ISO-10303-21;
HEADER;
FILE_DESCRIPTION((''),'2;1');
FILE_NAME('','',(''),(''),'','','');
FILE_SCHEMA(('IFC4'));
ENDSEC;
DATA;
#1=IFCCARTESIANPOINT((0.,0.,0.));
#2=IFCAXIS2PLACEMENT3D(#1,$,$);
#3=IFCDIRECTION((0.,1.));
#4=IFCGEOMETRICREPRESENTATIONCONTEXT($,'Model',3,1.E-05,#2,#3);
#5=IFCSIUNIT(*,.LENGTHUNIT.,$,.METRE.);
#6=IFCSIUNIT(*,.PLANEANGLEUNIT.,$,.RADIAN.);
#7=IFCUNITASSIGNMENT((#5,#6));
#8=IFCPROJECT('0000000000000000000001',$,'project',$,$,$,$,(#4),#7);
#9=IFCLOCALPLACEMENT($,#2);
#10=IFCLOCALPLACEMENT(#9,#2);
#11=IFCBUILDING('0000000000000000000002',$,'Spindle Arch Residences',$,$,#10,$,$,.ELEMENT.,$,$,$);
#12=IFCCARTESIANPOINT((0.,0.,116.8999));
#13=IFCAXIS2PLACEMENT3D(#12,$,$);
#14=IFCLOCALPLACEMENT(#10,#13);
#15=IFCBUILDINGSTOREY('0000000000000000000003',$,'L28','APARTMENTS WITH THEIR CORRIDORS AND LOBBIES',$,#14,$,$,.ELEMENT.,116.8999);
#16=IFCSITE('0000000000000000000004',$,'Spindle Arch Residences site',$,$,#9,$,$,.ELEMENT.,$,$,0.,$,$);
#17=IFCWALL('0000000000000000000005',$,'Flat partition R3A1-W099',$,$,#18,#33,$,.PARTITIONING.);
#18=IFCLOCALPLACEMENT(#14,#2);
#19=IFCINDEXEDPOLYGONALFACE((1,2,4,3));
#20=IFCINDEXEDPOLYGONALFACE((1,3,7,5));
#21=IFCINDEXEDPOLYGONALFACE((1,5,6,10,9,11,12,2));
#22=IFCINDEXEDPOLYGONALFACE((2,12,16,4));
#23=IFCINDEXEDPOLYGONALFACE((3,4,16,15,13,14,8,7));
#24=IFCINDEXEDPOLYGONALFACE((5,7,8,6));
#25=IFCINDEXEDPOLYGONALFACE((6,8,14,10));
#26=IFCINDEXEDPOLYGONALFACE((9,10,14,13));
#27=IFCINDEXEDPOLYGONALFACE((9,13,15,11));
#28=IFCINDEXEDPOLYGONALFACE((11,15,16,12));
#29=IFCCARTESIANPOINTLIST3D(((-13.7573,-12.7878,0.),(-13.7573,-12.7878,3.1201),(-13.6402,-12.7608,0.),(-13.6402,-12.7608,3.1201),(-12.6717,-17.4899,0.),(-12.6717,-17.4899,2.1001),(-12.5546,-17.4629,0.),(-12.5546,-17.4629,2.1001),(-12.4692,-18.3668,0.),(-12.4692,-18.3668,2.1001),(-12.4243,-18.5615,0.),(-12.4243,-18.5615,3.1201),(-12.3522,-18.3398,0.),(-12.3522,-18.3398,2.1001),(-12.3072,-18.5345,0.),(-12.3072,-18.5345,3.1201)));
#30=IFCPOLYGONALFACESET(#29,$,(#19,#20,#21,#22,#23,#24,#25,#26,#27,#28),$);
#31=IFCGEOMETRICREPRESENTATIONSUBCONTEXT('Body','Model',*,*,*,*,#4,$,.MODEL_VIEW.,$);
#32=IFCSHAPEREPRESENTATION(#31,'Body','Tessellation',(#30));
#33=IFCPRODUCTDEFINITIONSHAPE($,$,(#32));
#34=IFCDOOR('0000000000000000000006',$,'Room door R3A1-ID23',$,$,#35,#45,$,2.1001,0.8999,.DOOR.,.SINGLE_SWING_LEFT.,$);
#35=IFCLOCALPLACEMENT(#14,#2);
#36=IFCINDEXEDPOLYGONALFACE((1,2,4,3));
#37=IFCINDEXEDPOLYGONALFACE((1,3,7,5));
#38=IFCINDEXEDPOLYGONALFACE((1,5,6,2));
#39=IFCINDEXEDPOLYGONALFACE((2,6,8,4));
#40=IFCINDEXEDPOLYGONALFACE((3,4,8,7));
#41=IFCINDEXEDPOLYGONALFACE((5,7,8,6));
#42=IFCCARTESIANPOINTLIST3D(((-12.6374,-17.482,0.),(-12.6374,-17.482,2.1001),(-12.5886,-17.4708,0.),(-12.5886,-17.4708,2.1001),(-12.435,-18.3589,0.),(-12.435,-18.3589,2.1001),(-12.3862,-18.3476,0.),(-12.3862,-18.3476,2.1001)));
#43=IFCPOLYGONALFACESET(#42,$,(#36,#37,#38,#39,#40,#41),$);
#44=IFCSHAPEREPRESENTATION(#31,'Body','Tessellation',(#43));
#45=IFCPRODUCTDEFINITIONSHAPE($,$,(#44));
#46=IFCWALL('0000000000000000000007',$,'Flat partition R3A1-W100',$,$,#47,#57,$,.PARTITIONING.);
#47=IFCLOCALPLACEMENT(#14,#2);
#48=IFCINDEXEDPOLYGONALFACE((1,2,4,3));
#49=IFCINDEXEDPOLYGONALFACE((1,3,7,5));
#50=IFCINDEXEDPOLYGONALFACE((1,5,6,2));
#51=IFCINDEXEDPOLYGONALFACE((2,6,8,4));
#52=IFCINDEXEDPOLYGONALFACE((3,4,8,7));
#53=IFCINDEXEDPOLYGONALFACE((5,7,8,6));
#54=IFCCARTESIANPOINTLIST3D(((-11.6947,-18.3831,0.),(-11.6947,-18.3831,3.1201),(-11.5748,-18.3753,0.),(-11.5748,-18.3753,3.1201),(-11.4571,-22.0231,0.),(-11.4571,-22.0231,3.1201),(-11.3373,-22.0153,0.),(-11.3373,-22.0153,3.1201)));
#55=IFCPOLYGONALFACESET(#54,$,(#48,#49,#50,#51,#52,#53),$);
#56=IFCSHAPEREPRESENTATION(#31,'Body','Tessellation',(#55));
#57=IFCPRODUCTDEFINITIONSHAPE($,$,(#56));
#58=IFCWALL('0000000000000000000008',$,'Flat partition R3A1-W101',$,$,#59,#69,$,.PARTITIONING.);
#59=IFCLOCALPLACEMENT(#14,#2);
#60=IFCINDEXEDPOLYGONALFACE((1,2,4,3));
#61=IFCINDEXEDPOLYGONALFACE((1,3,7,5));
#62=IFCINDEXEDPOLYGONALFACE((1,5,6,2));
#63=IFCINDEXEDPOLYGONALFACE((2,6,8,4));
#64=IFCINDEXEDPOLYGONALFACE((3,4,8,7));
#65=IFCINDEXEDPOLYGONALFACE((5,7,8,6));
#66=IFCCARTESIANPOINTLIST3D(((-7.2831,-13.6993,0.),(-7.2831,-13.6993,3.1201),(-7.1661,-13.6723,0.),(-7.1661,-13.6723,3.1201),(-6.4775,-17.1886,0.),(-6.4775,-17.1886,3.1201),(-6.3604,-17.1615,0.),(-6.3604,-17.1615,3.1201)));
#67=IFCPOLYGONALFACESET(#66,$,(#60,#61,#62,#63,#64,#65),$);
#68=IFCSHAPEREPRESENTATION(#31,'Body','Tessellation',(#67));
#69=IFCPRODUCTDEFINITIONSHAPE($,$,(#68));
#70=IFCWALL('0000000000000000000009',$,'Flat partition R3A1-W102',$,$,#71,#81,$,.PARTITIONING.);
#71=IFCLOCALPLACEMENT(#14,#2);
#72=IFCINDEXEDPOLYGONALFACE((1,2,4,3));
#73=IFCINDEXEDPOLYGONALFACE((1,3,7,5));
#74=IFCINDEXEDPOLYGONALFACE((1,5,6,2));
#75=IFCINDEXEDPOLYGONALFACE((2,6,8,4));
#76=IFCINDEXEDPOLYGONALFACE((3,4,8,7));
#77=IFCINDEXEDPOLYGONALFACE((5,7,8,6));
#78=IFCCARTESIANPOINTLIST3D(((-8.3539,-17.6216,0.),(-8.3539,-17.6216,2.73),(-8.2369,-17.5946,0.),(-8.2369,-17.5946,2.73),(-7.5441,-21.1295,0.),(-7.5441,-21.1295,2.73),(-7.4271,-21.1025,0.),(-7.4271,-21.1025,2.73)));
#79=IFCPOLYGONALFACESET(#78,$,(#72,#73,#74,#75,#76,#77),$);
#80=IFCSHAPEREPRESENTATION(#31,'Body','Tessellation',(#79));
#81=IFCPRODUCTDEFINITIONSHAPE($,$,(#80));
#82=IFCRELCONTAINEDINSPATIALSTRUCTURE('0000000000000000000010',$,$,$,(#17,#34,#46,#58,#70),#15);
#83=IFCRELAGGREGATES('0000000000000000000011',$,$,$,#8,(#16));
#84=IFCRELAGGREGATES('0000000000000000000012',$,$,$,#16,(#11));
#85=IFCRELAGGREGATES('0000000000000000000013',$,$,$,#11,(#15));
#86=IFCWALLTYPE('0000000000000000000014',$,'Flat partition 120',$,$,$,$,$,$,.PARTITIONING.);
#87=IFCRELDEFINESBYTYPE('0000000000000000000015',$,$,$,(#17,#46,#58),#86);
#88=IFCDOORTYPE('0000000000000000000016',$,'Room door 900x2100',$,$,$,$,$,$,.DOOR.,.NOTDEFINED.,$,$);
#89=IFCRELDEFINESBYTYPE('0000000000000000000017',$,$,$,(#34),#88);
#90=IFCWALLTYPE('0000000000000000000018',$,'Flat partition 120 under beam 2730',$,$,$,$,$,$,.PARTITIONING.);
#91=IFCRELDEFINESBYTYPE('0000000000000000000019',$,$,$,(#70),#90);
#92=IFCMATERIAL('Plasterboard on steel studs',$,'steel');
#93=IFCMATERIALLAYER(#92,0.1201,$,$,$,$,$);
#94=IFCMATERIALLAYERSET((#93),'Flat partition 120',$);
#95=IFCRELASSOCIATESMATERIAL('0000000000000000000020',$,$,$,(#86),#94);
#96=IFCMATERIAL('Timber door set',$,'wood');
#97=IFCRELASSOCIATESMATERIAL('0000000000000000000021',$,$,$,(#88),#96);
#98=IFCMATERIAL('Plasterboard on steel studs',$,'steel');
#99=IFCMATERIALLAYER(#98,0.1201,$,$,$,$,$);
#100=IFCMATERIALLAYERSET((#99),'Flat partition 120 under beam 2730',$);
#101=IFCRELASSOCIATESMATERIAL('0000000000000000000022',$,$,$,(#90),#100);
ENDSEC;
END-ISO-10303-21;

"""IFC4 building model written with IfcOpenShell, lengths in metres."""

from ifc_helpers import new_model, si_unit, direction, frame, frame_2d, origin, place, context, subcontext, project, spatial, rectangle, extrude, material, layer, layer_set, type_object, element, fill, save


model = new_model("IFC4")

# Units and contexts
model_context = context("Model", 3, precision=1e-05, world=origin(), true_north=direction((0.0, 1.0)))
body_context = subcontext(model_context, "Body", "Model", "MODEL_VIEW")
ifc_project = project(units=[si_unit("LENGTHUNIT", "METRE"), si_unit("PLANEANGLEUNIT", "RADIAN")], contexts=[model_context])

# Site, building, storey
site_placement = place(None, origin())
site = spatial("IfcSite", under=ifc_project, at=site_placement, Name="Spindle Arch Residences site", CompositionType="ELEMENT", RefElevation=0.0)
building_placement = place(site_placement, origin())
building = spatial("IfcBuilding", under=site, at=building_placement, Name="Spindle Arch Residences", CompositionType="ELEMENT")
storey_placement = place(building_placement, frame((0.0, 0.0, 116.8999)))
storey = spatial("IfcBuildingStorey", under=building, at=storey_placement, Name="L28", Description="APARTMENTS WITH THEIR CORRIDORS AND LOBBIES", CompositionType="ELEMENT", Elevation=116.8999)

# Shared definitions
ifc_material_1 = material(Name="Plasterboard on steel studs", Category="steel")
ifc_layer_1 = layer(ifc_material_1, 0.1201)
ifc_layer_set_1 = layer_set([ifc_layer_1], Name="Flat partition 120")
wall_type_1 = type_object("IfcWallType", Name="Flat partition 120", PredefinedType="PARTITIONING", material=ifc_layer_set_1)

# Shared definitions
ifc_material_2 = material(Name="Timber door set", Category="wood")
door_type = type_object("IfcDoorType", Name="Room door 900x2100", OperationType="NOTDEFINED", PredefinedType="DOOR", material=ifc_material_2)

# Wall, opening, door
wall_1_placement = place(storey_placement, frame((-12.3657, -18.5481, 0.0), z_axis=(0.0, 0.0, 1.0), x_axis=(-0.224959, 0.974368, 0.0)))
wall_1 = element("IfcWall", 1, at=wall_1_placement, inside=storey, type_object=wall_type_1, Name="Flat partition R3A1-W099", PredefinedType="PARTITIONING", context=body_context, shape_type="SweptSolid", body=[
    extrude(rectangle(XDim=5.9255, YDim=0.1201, at=frame_2d((2.9629, 0.0))), origin(), (0.0, 0.0, 1.0), 3.1201),
])
opening_1_placement = place(wall_1_placement, frame((0.2, 0.0, 0.0)))
opening_1 = element("IfcOpeningElement", 2, at=opening_1_placement, cuts=wall_1, PredefinedType="OPENING", context=body_context, shape_type="SweptSolid", body=[
    extrude(rectangle(XDim=0.8999, YDim=2.1001, at=frame_2d((0.45, 1.05))), frame((0.0, 0.0701, 0.0), z_axis=(0.0, -1.0, 0.0), x_axis=(1.0, 0.0, 0.0)), (0.0, 0.0, 1.0), 0.1401),
])
door_1_placement = place(opening_1_placement, origin())
door_1 = element("IfcDoor", 3, at=door_1_placement, inside=storey, type_object=door_type, Name="Room door R3A1-ID23", OperationType="SINGLE_SWING_LEFT", OverallHeight=2.1001, OverallWidth=0.8999, PredefinedType="DOOR", context=body_context, shape_type="SweptSolid", body=[
    extrude(rectangle(XDim=0.8999, YDim=2.1001, at=frame_2d((0.45, 1.05))), frame((0.0, 0.0249, 0.0), z_axis=(0.0, -1.0, 0.0), x_axis=(1.0, 0.0, 0.0)), (0.0, 0.0, 1.0), 0.05),
])
fill(opening_1, door_1)

# Walls
wall_2_placement = place(storey_placement, frame((-11.3972, -22.019, 0.0), z_axis=(0.0, 0.0, 1.0), x_axis=(-0.065124, 0.997877, 0.0)))
element("IfcWall", 4, at=wall_2_placement, inside=storey, type_object=wall_type_1, Name="Flat partition R3A1-W100", PredefinedType="PARTITIONING", context=body_context, shape_type="SweptSolid", body=[
    extrude(rectangle(XDim=3.6477, YDim=0.1201, at=frame_2d((1.8237, 0.0))), origin(), (0.0, 0.0, 1.0), 3.1201),
])
wall_3_placement = place(storey_placement, frame((-6.4189, -17.175, 0.0), z_axis=(0.0, 0.0, 1.0), x_axis=(-0.224979, 0.974364, 0.0)))
element("IfcWall", 5, at=wall_3_placement, inside=storey, type_object=wall_type_1, Name="Flat partition R3A1-W101", PredefinedType="PARTITIONING", context=body_context, shape_type="SweptSolid", body=[
    extrude(rectangle(XDim=3.5811, YDim=0.1201, at=frame_2d((1.7905, 0.0))), origin(), (0.0, 0.0, 1.0), 3.1201),
])
ifc_material_3 = material(Name="Plasterboard on steel studs", Category="steel")
ifc_layer_2 = layer(ifc_material_3, 0.1201)
ifc_layer_set_2 = layer_set([ifc_layer_2], Name="Flat partition 120 under beam 2730")
wall_type_2 = type_object("IfcWallType", Name="Flat partition 120 under beam 2730", PredefinedType="PARTITIONING", material=ifc_layer_set_2)
wall_4_placement = place(storey_placement, frame((-7.4856, -21.116, 0.0), z_axis=(0.0, 0.0, 1.0), x_axis=(-0.224944, 0.974372, 0.0)))
element("IfcWall", 6, at=wall_4_placement, inside=storey, type_object=wall_type_2, Name="Flat partition R3A1-W102", PredefinedType="PARTITIONING", context=body_context, shape_type="SweptSolid", body=[
    extrude(rectangle(XDim=3.6001, YDim=0.1201, at=frame_2d((1.8, 0.0))), origin(), (0.0, 0.0, 1.0), 2.73),
])

save(model, "model.ifc")
